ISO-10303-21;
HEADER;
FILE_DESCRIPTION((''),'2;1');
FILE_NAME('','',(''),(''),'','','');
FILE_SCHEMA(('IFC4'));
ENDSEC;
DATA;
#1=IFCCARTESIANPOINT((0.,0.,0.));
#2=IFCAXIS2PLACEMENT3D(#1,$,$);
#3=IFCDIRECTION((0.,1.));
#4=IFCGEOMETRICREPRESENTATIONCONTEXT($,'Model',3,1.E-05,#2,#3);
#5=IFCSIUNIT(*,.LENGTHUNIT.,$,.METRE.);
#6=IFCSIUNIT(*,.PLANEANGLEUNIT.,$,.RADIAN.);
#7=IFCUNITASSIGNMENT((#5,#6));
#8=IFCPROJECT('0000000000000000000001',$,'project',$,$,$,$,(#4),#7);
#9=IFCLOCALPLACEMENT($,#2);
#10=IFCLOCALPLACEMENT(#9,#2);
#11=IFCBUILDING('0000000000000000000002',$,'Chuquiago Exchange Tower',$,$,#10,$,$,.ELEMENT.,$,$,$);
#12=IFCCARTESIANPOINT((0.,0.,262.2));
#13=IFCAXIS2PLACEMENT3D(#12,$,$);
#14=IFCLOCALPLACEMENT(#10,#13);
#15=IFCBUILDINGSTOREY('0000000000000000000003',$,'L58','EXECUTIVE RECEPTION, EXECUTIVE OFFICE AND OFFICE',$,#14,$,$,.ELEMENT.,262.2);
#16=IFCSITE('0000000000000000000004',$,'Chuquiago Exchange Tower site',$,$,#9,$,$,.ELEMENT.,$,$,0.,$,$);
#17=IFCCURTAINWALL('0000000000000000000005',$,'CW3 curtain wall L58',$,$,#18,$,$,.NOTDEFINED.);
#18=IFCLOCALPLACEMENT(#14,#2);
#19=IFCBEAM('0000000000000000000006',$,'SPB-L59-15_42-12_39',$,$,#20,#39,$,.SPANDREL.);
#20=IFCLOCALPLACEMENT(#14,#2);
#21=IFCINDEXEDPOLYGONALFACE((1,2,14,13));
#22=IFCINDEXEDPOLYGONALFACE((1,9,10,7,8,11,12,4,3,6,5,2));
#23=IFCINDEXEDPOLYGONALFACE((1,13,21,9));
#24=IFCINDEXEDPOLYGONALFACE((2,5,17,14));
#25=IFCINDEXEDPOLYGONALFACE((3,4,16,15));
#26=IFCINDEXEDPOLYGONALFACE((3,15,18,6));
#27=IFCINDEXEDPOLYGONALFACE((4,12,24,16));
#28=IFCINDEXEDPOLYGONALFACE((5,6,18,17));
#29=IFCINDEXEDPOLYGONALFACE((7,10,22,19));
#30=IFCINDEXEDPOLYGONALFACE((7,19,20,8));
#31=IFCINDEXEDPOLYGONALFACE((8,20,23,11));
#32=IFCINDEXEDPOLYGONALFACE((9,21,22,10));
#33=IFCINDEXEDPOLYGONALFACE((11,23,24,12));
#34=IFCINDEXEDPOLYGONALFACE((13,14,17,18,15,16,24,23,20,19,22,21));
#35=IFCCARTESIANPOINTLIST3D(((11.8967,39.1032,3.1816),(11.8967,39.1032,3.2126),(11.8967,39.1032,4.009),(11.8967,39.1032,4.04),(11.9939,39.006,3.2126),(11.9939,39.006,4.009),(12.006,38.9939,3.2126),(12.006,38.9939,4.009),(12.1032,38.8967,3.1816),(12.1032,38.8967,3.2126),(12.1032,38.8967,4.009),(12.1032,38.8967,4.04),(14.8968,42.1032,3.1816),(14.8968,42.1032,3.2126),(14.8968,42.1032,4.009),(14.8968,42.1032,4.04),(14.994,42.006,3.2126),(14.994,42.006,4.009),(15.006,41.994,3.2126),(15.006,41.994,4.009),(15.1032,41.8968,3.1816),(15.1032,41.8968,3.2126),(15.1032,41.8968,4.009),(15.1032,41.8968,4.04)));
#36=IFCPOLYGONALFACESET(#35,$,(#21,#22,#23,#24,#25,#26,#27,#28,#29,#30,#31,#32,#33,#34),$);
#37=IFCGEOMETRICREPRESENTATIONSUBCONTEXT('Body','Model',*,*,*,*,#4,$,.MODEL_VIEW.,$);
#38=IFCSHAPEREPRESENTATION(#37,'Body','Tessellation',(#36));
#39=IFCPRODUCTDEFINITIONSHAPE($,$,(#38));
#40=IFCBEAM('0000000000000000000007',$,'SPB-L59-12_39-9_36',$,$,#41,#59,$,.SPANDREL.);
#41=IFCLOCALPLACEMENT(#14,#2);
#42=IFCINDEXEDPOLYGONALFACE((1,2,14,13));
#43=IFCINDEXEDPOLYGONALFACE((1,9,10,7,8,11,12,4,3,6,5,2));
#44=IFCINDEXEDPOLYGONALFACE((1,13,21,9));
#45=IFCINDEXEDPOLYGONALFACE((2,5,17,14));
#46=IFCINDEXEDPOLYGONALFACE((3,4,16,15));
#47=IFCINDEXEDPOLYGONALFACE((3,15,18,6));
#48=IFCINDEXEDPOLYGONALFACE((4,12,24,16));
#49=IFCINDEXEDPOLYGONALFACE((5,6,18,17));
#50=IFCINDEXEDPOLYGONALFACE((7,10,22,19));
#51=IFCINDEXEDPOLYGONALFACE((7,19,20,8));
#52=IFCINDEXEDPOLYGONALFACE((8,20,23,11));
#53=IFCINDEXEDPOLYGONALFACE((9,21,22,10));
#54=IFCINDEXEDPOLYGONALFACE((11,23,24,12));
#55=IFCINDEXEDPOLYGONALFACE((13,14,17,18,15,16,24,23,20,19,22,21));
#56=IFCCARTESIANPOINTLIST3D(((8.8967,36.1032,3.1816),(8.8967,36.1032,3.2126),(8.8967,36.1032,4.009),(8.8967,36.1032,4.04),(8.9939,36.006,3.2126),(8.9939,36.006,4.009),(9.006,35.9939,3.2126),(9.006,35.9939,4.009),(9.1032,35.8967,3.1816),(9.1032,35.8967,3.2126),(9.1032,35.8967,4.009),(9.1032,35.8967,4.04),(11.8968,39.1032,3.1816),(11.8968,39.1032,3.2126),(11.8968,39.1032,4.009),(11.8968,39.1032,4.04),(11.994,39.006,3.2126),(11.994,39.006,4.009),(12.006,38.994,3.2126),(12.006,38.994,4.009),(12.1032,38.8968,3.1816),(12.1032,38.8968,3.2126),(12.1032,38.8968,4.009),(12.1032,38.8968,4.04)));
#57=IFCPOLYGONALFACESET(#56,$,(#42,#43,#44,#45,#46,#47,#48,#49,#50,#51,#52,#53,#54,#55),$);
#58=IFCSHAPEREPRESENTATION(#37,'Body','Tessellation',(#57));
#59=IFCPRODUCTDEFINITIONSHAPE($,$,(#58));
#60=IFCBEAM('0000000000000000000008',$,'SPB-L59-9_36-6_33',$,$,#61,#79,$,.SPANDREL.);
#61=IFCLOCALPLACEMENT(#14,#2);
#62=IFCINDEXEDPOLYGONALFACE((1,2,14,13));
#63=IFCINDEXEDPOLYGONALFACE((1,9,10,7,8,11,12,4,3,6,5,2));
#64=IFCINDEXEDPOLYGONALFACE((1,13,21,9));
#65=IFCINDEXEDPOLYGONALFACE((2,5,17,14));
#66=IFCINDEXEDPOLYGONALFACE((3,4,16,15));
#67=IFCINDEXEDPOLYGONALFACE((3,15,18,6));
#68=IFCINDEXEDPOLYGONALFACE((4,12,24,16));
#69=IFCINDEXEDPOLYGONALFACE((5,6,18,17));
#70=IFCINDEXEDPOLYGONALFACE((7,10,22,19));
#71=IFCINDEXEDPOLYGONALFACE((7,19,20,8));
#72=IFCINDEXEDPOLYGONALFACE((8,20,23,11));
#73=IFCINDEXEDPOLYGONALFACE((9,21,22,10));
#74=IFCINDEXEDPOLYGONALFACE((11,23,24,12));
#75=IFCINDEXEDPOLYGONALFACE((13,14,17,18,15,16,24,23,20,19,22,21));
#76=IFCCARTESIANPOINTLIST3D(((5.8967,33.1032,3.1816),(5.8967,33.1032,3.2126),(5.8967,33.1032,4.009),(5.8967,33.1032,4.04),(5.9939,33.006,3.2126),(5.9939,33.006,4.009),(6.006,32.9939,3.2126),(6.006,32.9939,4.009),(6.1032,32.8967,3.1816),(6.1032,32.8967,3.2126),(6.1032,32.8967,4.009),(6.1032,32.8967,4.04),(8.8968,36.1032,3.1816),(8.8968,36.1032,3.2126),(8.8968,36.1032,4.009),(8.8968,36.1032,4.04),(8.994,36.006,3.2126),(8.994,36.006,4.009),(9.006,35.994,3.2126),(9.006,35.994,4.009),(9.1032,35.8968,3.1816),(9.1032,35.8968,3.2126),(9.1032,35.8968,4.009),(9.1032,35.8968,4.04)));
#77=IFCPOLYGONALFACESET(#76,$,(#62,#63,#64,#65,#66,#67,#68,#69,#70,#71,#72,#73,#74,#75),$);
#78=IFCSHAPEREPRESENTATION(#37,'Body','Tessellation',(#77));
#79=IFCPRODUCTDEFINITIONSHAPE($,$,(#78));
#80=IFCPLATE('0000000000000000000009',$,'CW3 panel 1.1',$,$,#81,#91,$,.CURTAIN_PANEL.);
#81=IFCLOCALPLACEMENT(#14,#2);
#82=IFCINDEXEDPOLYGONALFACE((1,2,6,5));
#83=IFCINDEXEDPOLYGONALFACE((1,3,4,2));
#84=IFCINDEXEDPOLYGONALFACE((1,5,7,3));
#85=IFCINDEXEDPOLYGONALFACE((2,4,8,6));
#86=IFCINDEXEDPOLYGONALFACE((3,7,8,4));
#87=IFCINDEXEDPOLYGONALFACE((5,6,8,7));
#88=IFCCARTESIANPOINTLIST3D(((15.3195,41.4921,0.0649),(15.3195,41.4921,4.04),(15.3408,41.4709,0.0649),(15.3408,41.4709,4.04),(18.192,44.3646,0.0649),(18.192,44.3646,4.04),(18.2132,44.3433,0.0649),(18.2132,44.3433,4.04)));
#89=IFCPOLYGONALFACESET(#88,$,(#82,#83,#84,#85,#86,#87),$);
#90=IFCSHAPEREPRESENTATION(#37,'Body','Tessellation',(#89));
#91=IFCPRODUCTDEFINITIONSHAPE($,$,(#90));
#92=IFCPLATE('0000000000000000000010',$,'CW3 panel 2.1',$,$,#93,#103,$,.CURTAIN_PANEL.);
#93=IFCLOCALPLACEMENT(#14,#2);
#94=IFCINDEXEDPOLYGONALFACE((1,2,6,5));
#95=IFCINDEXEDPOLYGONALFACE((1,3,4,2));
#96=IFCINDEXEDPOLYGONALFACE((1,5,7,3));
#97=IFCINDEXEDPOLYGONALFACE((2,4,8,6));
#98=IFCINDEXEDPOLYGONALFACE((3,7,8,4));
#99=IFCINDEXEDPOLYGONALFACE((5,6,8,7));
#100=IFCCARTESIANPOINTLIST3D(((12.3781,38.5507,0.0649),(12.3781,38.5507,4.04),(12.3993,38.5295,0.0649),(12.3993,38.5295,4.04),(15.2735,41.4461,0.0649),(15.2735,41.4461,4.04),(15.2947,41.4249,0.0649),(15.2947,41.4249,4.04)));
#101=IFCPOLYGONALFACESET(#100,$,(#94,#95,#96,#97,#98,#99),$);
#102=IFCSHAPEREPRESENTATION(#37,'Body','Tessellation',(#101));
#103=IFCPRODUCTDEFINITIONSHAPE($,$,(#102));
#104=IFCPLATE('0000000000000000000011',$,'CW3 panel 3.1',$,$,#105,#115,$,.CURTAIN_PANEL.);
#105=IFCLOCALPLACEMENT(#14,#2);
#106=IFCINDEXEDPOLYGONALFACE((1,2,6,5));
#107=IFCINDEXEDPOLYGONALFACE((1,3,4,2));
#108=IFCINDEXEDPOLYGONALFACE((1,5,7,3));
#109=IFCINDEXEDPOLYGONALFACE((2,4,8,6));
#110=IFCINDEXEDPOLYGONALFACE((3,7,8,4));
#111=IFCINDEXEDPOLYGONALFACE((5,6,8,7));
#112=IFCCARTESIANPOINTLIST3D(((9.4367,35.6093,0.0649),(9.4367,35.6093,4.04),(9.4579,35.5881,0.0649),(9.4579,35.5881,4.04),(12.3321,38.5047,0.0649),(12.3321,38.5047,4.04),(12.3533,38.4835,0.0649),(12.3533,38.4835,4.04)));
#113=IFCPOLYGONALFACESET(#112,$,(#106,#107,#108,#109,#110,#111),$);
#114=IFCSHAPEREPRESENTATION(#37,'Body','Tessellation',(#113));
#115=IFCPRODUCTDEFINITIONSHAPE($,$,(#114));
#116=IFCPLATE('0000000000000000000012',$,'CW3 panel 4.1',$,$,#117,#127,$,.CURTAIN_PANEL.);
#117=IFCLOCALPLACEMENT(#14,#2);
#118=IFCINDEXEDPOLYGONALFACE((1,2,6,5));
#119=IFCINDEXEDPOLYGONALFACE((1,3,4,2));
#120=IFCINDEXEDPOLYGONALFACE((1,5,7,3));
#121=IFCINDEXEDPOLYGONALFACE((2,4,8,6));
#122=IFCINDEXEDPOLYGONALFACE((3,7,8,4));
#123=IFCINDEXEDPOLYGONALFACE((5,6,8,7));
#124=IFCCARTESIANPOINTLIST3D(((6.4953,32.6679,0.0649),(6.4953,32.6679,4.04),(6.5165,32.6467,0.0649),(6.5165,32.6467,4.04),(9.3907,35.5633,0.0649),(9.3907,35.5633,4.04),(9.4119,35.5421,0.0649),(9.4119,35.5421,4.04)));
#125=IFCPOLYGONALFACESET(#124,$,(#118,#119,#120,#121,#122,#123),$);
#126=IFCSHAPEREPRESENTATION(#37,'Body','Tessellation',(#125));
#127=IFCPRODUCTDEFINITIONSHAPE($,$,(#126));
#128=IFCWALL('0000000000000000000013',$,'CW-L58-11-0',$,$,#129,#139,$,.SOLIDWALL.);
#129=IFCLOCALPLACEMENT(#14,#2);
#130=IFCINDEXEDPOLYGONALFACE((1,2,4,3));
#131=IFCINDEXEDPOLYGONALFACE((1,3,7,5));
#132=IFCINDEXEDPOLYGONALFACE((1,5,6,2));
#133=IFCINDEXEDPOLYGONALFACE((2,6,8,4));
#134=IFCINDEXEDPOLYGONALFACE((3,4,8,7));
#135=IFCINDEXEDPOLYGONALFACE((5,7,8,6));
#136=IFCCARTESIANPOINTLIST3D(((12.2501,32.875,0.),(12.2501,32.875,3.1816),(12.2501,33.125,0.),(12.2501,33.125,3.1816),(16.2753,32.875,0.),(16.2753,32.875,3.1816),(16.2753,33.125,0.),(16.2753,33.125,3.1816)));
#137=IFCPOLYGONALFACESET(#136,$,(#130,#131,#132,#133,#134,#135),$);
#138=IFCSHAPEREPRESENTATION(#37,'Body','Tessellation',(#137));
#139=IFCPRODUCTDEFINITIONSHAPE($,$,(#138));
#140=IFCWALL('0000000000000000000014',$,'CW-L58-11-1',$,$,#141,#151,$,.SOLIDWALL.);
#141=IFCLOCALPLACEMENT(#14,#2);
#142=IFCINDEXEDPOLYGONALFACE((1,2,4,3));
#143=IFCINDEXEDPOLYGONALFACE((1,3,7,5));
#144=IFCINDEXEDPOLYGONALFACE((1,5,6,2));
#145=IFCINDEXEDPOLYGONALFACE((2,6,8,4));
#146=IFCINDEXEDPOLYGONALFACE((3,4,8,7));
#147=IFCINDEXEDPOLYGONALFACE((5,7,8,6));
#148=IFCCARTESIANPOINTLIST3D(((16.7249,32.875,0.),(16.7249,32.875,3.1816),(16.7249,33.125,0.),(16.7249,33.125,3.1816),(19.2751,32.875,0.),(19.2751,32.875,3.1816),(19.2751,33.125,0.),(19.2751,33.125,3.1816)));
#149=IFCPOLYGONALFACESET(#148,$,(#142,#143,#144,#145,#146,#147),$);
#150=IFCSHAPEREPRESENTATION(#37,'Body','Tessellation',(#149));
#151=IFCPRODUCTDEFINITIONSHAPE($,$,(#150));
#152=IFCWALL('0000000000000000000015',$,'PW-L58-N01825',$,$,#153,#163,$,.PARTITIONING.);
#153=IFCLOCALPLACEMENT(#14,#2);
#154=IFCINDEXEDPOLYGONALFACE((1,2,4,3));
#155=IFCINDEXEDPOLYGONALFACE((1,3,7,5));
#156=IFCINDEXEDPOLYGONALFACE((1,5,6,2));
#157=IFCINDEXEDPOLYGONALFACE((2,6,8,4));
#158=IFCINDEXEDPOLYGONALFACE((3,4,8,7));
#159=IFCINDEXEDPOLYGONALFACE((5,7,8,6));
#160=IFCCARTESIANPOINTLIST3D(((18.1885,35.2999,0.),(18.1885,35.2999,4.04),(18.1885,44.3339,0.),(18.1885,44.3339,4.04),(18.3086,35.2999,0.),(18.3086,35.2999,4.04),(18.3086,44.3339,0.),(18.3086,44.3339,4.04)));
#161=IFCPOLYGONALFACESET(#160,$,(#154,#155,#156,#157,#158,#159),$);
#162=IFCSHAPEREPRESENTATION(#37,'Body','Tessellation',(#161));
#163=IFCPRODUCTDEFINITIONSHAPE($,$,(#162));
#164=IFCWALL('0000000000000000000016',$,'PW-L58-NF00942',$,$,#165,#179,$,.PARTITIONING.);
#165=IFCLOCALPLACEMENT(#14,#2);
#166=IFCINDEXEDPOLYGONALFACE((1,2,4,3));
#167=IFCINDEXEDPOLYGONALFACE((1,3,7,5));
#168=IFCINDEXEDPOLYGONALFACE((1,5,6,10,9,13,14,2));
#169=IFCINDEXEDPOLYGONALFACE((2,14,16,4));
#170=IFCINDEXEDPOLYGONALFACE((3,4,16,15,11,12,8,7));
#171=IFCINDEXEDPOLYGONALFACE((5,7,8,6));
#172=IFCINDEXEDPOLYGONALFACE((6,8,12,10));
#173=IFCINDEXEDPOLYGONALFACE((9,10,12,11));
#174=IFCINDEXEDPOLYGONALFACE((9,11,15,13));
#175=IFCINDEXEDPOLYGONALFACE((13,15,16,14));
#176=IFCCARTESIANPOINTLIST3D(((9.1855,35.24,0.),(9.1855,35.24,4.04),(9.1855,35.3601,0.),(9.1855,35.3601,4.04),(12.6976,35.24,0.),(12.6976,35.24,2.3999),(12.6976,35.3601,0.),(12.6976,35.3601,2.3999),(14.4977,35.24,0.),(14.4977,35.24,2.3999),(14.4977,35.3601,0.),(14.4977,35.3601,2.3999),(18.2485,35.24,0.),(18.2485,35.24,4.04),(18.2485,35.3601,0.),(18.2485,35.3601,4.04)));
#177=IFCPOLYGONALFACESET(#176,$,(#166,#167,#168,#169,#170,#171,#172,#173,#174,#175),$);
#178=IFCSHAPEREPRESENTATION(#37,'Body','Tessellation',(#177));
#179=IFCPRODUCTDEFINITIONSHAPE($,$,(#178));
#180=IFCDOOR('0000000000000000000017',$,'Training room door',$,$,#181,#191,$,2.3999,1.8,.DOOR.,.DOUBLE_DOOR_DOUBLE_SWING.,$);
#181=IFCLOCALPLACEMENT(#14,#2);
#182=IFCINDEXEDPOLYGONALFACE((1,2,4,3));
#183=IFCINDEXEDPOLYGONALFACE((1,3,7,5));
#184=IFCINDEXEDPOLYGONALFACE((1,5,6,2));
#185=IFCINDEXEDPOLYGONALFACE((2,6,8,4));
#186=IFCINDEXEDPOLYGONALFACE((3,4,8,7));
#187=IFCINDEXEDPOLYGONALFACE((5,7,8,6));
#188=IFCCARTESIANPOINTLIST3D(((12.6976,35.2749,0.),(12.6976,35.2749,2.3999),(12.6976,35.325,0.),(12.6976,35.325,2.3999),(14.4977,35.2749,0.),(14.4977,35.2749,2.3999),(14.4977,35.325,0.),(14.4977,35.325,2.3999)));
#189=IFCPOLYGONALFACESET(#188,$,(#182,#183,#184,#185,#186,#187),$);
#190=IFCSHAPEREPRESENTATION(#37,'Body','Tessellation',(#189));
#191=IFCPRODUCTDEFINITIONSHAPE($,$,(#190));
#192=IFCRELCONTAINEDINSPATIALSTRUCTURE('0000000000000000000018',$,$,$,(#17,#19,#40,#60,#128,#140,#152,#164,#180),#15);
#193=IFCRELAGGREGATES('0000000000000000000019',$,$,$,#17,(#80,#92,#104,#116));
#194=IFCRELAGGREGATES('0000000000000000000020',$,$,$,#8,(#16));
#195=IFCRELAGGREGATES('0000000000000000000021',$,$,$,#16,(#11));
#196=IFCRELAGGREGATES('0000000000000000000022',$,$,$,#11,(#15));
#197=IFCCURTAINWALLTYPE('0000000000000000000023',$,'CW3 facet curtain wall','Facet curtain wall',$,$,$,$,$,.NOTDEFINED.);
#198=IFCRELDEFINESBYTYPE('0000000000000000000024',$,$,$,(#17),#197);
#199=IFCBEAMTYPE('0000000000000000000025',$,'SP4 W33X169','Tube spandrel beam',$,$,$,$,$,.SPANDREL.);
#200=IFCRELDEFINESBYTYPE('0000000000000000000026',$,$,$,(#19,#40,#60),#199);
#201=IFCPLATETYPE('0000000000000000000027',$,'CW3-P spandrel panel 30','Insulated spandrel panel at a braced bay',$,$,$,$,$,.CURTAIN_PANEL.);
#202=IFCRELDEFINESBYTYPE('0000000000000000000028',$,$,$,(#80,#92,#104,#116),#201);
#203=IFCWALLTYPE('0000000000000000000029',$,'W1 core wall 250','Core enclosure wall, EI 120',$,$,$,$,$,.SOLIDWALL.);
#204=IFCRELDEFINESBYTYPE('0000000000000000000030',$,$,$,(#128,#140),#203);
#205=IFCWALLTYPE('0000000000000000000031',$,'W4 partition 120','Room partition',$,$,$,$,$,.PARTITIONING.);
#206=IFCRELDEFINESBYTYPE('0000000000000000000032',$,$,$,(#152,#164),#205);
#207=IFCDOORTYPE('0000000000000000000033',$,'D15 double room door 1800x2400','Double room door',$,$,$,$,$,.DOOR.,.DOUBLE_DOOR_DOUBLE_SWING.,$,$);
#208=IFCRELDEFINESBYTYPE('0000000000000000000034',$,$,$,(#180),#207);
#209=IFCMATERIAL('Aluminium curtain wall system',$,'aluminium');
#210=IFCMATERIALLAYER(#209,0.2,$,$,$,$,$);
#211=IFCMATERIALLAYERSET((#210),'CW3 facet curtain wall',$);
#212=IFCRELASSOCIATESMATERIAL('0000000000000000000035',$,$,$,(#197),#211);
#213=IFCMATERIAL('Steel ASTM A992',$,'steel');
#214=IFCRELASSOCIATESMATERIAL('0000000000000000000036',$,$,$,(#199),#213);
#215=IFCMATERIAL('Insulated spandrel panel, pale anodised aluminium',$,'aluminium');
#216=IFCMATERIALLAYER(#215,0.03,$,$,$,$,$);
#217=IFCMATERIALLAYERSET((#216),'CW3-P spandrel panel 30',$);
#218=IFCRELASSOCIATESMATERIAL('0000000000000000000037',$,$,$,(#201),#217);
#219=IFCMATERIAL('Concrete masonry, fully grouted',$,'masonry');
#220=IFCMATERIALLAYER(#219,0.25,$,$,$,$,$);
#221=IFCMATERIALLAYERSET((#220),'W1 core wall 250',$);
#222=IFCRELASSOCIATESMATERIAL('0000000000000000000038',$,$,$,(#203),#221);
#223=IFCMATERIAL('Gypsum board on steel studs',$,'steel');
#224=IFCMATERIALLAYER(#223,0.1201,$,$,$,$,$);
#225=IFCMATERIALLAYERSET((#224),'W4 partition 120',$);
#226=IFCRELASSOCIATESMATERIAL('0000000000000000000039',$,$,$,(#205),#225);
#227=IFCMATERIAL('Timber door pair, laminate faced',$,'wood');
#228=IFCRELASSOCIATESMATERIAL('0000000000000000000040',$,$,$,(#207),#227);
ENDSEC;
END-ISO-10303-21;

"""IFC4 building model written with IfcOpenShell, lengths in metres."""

from ifc_helpers import new_model, si_unit, direction, frame, frame_2d, origin, origin_2d, place, context, subcontext, project, spatial, rectangle, i_section, extrude, material, layer, layer_set, material_profile, profile_set, type_object, element, fill, aggregate, save


model = new_model("IFC4")

# Units and contexts
model_context = context("Model", 3, precision=1e-05, world=origin(), true_north=direction((0.0, 1.0)))
body_context = subcontext(model_context, "Body", "Model", "MODEL_VIEW")
ifc_project = project(units=[si_unit("LENGTHUNIT", "METRE"), si_unit("PLANEANGLEUNIT", "RADIAN")], contexts=[model_context])

# Site, building, storey
site_placement = place(None, origin())
site = spatial("IfcSite", under=ifc_project, at=site_placement, Name="Chuquiago Exchange Tower site", CompositionType="ELEMENT", RefElevation=0.0)
building_placement = place(site_placement, origin())
building = spatial("IfcBuilding", under=site, at=building_placement, Name="Chuquiago Exchange Tower", CompositionType="ELEMENT")
storey_placement = place(building_placement, frame((0.0, 0.0, 262.2)))
storey = spatial("IfcBuildingStorey", under=building, at=storey_placement, Name="L58", Description="EXECUTIVE RECEPTION, EXECUTIVE OFFICE AND OFFICE", CompositionType="ELEMENT", Elevation=262.2)

# Curtain wall
ifc_material_1 = material(Name="Aluminium curtain wall system", Category="aluminium")
ifc_layer_1 = layer(ifc_material_1, 0.2)
ifc_layer_set_1 = layer_set([ifc_layer_1], Name="CW3 facet curtain wall")
curtain_wall_type = type_object("IfcCurtainWallType", Name="CW3 facet curtain wall", Description="Facet curtain wall", PredefinedType="NOTDEFINED", material=ifc_layer_set_1)
curtain_wall_placement = place(storey_placement, origin())
curtain_wall = element("IfcCurtainWall", 1, at=curtain_wall_placement, inside=storey, type_object=curtain_wall_type, Name="CW3 curtain wall L58", PredefinedType="NOTDEFINED")

# Beams
ifc_material_2 = material(Name="Steel ASTM A992", Category="steel")
ifc_material_profile_1 = material_profile(ifc_material_2, i_section(OverallWidth=0.292, OverallDepth=0.8584, WebThickness=0.0171, FlangeThickness=0.031, at=origin_2d()), Name="W33X169")
ifc_profile_set_1 = profile_set([ifc_material_profile_1], Name="Steel ASTM A992")
beam_type_1 = type_object("IfcBeamType", Name="SP4 W33X169", Description="Tube spandrel beam", PredefinedType="SPANDREL", material=ifc_profile_set_1)
for number, where, z_axis, x_axis, name in (
    (2, (15.0, 42.0, 3.6108), (-0.707107, -0.707107, 0.0), (0.707107, -0.707107, 0.0), "SPB-L59-15_42-12_39"),
    (3, (12.0, 39.0, 3.6108), (-0.707107, -0.707107, 0.0), (0.707107, -0.707107, 0.0), "SPB-L59-12_39-9_36"),
    (4, (9.0, 36.0, 3.6108), (-0.707107, -0.707107, 0.0), (0.707107, -0.707107, 0.0), "SPB-L59-9_36-6_33"),
):
    element("IfcBeam", number, at=place(storey_placement, frame(where, z_axis=z_axis, x_axis=x_axis)), inside=storey, type_object=beam_type_1, Name=name, PredefinedType="SPANDREL", context=body_context, shape_type="SweptSolid", body=[
        extrude(i_section(OverallWidth=0.292, OverallDepth=0.8584, WebThickness=0.0171, FlangeThickness=0.031, at=origin_2d()), origin(), (0.0, 0.0, 1.0), 4.2427),
    ])

# Plates
ifc_material_3 = material(Name="Insulated spandrel panel, pale anodised aluminium", Category="aluminium")
ifc_layer_2 = layer(ifc_material_3, 0.03)
ifc_layer_set_2 = layer_set([ifc_layer_2], Name="CW3-P spandrel panel 30")
plate_type = type_object("IfcPlateType", Name="CW3-P spandrel panel 30", Description="Insulated spandrel panel at a braced bay", PredefinedType="CURTAIN_PANEL", material=ifc_layer_set_2)
plate_1_placement = place(storey_placement, frame((16.7664, 42.9177, 0.0649), z_axis=(0.0, 0.0, 1.0), x_axis=(-0.707107, -0.707107, 0.0)))
plate_1 = element("IfcPlate", 5, at=plate_1_placement, type_object=plate_type, Name="CW3 panel 1.1", PredefinedType="CURTAIN_PANEL", context=body_context, shape_type="SweptSolid", body=[
    extrude(rectangle(XDim=4.0623, YDim=0.03, at=origin_2d()), origin(), (0.0, 0.0, 1.0), 3.9751),
])
plate_2_placement = place(storey_placement, frame((13.8364, 39.9878, 0.0649), z_axis=(0.0, 0.0, 1.0), x_axis=(-0.707107, -0.707107, 0.0)))
plate_2 = element("IfcPlate", 6, at=plate_2_placement, type_object=plate_type, Name="CW3 panel 2.1", PredefinedType="CURTAIN_PANEL", context=body_context, shape_type="SweptSolid", body=[
    extrude(rectangle(XDim=4.0947, YDim=0.03, at=origin_2d()), origin(), (0.0, 0.0, 1.0), 3.9751),
])
plate_3_placement = place(storey_placement, frame((10.895, 37.0464, 0.0649), z_axis=(0.0, 0.0, 1.0), x_axis=(-0.707107, -0.707107, 0.0)))
plate_3 = element("IfcPlate", 7, at=plate_3_placement, type_object=plate_type, Name="CW3 panel 3.1", PredefinedType="CURTAIN_PANEL", context=body_context, shape_type="SweptSolid", body=[
    extrude(rectangle(XDim=4.0947, YDim=0.03, at=origin_2d()), origin(), (0.0, 0.0, 1.0), 3.9751),
])
plate_4_placement = place(storey_placement, frame((7.9536, 34.105, 0.0649), z_axis=(0.0, 0.0, 1.0), x_axis=(-0.707107, -0.707107, 0.0)))
plate_4 = element("IfcPlate", 8, at=plate_4_placement, type_object=plate_type, Name="CW3 panel 4.1", PredefinedType="CURTAIN_PANEL", context=body_context, shape_type="SweptSolid", body=[
    extrude(rectangle(XDim=4.0947, YDim=0.03, at=origin_2d()), origin(), (0.0, 0.0, 1.0), 3.9751),
])
aggregate(curtain_wall, [plate_1, plate_2, plate_3, plate_4])

# Walls
ifc_material_4 = material(Name="Concrete masonry, fully grouted", Category="masonry")
ifc_layer_3 = layer(ifc_material_4, 0.25)
ifc_layer_set_3 = layer_set([ifc_layer_3], Name="W1 core wall 250")
wall_type_1 = type_object("IfcWallType", Name="W1 core wall 250", Description="Core enclosure wall, EI 120", PredefinedType="SOLIDWALL", material=ifc_layer_set_3)
wall_1_placement = place(storey_placement, frame((12.25, 33.0, 0.0), z_axis=(0.0, 0.0, 1.0), x_axis=(1.0, 0.0, 0.0)))
element("IfcWall", 9, at=wall_1_placement, inside=storey, type_object=wall_type_1, Name="CW-L58-11-0", PredefinedType="SOLIDWALL", context=body_context, shape_type="SweptSolid", body=[
    extrude(rectangle(XDim=4.0251, YDim=0.25, at=frame_2d((2.0127, 0.0))), origin(), (0.0, 0.0, 1.0), 3.1816),
])
wall_2_placement = place(storey_placement, frame((16.7249, 33.0, 0.0), z_axis=(0.0, 0.0, 1.0), x_axis=(1.0, 0.0, 0.0)))
element("IfcWall", 10, at=wall_2_placement, inside=storey, type_object=wall_type_1, Name="CW-L58-11-1", PredefinedType="SOLIDWALL", context=body_context, shape_type="SweptSolid", body=[
    extrude(rectangle(XDim=2.5503, YDim=0.25, at=frame_2d((1.2751, 0.0))), origin(), (0.0, 0.0, 1.0), 3.1816),
])
ifc_material_5 = material(Name="Gypsum board on steel studs", Category="steel")
ifc_layer_4 = layer(ifc_material_5, 0.1201)
ifc_layer_set_4 = layer_set([ifc_layer_4], Name="W4 partition 120")
wall_type_2 = type_object("IfcWallType", Name="W4 partition 120", Description="Room partition", PredefinedType="PARTITIONING", material=ifc_layer_set_4)
wall_3_placement = place(storey_placement, frame((18.2485, 44.334, 0.0), z_axis=(0.0, 0.0, 1.0), x_axis=(0.0, -1.0, 0.0)))
element("IfcWall", 11, at=wall_3_placement, inside=storey, type_object=wall_type_2, Name="PW-L58-N01825", PredefinedType="PARTITIONING", context=body_context, shape_type="SweptSolid", body=[
    extrude(rectangle(XDim=9.0339, YDim=0.1201, at=frame_2d((4.5171, 0.0))), origin(), (0.0, 0.0, 1.0), 4.04),
])

# Wall, opening, door
wall_4_placement = place(storey_placement, frame((9.1855, 35.3, 0.0), z_axis=(0.0, 0.0, 1.0), x_axis=(1.0, 0.0, 0.0)))
wall_4 = element("IfcWall", 12, at=wall_4_placement, inside=storey, type_object=wall_type_2, Name="PW-L58-NF00942", PredefinedType="PARTITIONING", context=body_context, shape_type="SweptSolid", body=[
    extrude(rectangle(XDim=9.063, YDim=0.1201, at=frame_2d((4.5315, 0.0))), origin(), (0.0, 0.0, 1.0), 4.04),
])
opening_placement = place(wall_4_placement, frame((3.5122, 0.0, 0.0)))
opening = element("IfcOpeningElement", 13, at=opening_placement, cuts=wall_4, PredefinedType="OPENING", context=body_context, shape_type="SweptSolid", body=[
    extrude(rectangle(XDim=1.8, YDim=2.3999, at=frame_2d((0.8999, 1.2))), frame((0.0, 0.0701, 0.0), z_axis=(0.0, -1.0, 0.0), x_axis=(1.0, 0.0, 0.0)), (0.0, 0.0, 1.0), 0.1401),
])
ifc_material_6 = material(Name="Timber door pair, laminate faced", Category="wood")
door_type = type_object("IfcDoorType", Name="D15 double room door 1800x2400", Description="Double room door", OperationType="DOUBLE_DOOR_DOUBLE_SWING", PredefinedType="DOOR", material=ifc_material_6)
door_placement = place(opening_placement, origin())
door = element("IfcDoor", 14, at=door_placement, inside=storey, type_object=door_type, Name="Training room door", OperationType="DOUBLE_DOOR_DOUBLE_SWING", OverallHeight=2.3999, OverallWidth=1.8, PredefinedType="DOOR", context=body_context, shape_type="SweptSolid", body=[
    extrude(rectangle(XDim=1.8, YDim=2.3999, at=frame_2d((0.8999, 1.2))), frame((0.0, 0.0249, 0.0), z_axis=(0.0, -1.0, 0.0), x_axis=(1.0, 0.0, 0.0)), (0.0, 0.0, 1.0), 0.05),
])
fill(opening, door)

save(model, "model.ifc")
